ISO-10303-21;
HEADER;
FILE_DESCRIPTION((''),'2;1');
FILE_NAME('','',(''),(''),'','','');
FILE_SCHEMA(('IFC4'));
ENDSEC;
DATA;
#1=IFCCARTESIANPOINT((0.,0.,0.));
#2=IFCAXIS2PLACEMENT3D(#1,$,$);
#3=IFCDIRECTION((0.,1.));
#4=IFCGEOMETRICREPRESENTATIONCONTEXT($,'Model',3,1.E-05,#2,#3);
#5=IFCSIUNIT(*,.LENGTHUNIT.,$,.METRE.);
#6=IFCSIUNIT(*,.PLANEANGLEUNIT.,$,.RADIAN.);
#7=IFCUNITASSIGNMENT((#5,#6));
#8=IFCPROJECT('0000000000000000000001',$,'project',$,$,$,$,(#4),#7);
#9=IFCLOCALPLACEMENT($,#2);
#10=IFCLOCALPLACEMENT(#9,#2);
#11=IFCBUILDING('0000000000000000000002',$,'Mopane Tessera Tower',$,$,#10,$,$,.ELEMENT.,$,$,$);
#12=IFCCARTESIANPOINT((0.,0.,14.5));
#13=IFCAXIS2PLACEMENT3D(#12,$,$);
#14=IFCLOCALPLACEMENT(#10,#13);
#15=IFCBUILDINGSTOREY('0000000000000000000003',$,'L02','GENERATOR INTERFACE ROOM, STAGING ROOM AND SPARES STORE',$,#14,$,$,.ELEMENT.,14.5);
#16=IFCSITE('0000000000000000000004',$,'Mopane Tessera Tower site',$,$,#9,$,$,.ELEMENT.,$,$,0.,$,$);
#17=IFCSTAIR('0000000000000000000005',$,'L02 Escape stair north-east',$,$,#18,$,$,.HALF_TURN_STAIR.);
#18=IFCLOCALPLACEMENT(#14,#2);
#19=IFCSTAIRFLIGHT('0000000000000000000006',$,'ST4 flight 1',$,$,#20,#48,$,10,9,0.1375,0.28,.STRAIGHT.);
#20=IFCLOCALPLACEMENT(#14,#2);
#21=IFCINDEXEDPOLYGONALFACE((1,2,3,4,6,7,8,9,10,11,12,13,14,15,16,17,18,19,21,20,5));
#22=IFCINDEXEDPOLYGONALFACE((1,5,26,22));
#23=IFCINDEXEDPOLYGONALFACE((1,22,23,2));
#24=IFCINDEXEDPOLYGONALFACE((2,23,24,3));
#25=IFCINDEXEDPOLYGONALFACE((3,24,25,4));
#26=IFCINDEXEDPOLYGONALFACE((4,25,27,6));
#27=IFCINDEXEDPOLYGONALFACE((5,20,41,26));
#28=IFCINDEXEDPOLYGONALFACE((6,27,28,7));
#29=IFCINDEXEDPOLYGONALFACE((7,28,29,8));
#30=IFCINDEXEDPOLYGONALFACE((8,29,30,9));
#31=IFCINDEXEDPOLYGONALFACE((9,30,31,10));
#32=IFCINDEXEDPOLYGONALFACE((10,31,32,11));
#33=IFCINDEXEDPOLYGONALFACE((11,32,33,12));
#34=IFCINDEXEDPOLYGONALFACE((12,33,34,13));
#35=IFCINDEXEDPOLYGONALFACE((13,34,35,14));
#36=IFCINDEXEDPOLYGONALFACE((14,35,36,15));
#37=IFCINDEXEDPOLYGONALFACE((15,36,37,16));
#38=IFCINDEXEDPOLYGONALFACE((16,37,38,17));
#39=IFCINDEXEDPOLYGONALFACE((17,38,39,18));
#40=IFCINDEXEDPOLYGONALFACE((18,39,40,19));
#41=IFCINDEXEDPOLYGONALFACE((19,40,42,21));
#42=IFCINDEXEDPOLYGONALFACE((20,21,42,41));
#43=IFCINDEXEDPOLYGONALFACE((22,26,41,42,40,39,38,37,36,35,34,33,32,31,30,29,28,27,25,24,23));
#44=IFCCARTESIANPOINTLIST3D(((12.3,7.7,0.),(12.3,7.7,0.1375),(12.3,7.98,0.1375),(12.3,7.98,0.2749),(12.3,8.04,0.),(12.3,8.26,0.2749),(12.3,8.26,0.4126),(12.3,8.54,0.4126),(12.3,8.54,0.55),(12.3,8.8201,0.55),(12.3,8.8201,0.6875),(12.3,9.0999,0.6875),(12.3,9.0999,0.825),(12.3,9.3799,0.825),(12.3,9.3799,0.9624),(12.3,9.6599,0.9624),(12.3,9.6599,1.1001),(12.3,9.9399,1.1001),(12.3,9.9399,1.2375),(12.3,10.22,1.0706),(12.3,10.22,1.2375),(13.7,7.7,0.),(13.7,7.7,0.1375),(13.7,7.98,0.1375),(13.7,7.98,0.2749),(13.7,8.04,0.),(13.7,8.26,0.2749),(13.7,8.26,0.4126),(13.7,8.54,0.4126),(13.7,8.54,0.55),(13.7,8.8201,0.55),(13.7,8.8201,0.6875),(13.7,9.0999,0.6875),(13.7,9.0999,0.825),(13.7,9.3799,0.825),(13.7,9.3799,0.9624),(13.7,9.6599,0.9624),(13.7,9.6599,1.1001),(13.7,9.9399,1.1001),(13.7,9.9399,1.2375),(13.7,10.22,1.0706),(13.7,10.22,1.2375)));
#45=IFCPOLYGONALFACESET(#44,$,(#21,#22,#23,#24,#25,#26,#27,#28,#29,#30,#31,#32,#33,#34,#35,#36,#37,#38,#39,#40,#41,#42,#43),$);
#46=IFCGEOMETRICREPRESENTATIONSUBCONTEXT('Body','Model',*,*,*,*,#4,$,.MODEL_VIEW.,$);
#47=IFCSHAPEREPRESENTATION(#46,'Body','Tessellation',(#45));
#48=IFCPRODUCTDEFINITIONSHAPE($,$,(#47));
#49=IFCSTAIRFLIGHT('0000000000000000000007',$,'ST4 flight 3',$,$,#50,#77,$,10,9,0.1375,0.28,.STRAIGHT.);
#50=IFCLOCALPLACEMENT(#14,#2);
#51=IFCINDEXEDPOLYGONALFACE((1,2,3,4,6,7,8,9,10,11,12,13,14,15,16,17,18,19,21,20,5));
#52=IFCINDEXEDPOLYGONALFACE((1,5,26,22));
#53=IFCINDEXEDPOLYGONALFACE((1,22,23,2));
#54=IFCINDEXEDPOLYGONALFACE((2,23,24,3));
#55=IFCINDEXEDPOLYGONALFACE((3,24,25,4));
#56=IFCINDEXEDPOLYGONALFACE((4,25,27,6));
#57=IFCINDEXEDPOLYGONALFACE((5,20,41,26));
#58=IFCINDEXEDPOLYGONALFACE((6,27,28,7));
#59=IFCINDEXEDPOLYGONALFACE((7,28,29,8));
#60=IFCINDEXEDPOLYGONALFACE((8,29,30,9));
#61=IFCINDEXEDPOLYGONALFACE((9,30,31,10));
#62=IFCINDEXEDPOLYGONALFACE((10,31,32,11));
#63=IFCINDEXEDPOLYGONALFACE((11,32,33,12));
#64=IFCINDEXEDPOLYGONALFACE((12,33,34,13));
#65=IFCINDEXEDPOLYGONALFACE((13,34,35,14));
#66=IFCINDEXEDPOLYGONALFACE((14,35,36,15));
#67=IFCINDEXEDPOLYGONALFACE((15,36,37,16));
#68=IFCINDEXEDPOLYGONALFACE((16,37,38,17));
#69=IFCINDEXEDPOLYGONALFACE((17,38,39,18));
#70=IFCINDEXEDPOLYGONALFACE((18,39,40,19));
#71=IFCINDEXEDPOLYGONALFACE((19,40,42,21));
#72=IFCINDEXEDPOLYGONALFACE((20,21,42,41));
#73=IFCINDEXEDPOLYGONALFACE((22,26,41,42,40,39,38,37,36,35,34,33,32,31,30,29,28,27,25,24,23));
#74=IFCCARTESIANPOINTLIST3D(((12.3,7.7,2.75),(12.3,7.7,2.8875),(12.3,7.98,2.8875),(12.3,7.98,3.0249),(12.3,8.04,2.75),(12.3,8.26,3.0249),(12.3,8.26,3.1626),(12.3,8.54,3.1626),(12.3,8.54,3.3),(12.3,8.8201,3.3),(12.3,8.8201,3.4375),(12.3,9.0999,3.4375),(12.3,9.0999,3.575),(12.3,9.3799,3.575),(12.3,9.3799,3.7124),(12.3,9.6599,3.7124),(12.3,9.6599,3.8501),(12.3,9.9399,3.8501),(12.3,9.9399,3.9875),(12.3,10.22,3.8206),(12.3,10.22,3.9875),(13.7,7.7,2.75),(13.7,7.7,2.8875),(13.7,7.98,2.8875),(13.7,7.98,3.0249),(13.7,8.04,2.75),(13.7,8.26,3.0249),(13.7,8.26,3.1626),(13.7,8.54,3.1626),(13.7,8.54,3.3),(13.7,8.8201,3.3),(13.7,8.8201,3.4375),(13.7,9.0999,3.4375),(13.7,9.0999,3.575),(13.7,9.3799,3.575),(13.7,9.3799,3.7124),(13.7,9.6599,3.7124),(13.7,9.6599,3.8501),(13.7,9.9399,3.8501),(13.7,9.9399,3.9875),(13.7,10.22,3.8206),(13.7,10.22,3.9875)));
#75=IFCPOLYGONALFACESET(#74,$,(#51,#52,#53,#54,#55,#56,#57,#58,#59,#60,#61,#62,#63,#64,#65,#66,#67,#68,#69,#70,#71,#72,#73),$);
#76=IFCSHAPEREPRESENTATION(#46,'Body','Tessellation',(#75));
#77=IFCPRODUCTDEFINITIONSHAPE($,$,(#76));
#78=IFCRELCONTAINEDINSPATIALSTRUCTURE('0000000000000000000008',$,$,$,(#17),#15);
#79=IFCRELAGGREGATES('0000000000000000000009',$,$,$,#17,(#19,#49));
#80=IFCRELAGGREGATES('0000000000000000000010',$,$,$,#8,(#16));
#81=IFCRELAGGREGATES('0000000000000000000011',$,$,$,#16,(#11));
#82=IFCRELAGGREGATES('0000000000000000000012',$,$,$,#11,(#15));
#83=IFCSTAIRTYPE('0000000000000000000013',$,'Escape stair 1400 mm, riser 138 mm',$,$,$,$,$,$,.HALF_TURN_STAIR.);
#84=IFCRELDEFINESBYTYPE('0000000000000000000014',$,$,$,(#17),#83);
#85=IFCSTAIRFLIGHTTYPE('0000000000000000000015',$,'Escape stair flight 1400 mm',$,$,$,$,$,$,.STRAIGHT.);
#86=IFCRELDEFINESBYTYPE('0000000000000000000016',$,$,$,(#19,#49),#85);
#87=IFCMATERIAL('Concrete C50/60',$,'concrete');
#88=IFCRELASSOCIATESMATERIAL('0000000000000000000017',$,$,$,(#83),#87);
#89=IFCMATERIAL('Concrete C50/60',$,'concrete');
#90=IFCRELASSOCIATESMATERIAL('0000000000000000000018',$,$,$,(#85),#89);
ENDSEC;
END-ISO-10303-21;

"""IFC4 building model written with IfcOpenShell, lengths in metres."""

from ifc_helpers import new_model, si_unit, direction, frame, origin, place, context, subcontext, project, spatial, polyline, outline, extrude, material, type_object, element, aggregate, save


model = new_model("IFC4")

# Units and contexts
model_context = context("Model", 3, precision=1e-05, world=origin(), true_north=direction((0.0, 1.0)))
body_context = subcontext(model_context, "Body", "Model", "MODEL_VIEW")
ifc_project = project(units=[si_unit("LENGTHUNIT", "METRE"), si_unit("PLANEANGLEUNIT", "RADIAN")], contexts=[model_context])

# Site, building, storey
site_placement = place(None, origin())
site = spatial("IfcSite", under=ifc_project, at=site_placement, Name="Mopane Tessera Tower site", CompositionType="ELEMENT", RefElevation=0.0)
building_placement = place(site_placement, origin())
building = spatial("IfcBuilding", under=site, at=building_placement, Name="Mopane Tessera Tower", CompositionType="ELEMENT")
storey_placement = place(building_placement, frame((0.0, 0.0, 14.5)))
storey = spatial("IfcBuildingStorey", under=building, at=storey_placement, Name="L02", Description="GENERATOR INTERFACE ROOM, STAGING ROOM AND SPARES STORE", CompositionType="ELEMENT", Elevation=14.5)

# Stair, stair flights
ifc_material_1 = material(Name="Concrete C50/60", Category="concrete")
stair_type = type_object("IfcStairType", Name="Escape stair 1400 mm, riser 138 mm", PredefinedType="HALF_TURN_STAIR", material=ifc_material_1)
stair_placement = place(storey_placement, origin())
stair = element("IfcStair", 1, at=stair_placement, inside=storey, type_object=stair_type, Name="L02 Escape stair north-east", PredefinedType="HALF_TURN_STAIR")
ifc_material_2 = material(Name="Concrete C50/60", Category="concrete")
stair_flight_type = type_object("IfcStairFlightType", Name="Escape stair flight 1400 mm", PredefinedType="STRAIGHT", material=ifc_material_2)
stair_flight_1_placement = place(storey_placement, frame((13.0, 7.7, 0.0), z_axis=(0.0, 0.0, 1.0), x_axis=(0.0, 1.0, 0.0)))
stair_flight_1 = element("IfcStairFlight", 2, at=stair_flight_1_placement, type_object=stair_flight_type, Name="ST4 flight 1", NumberOfRisers=10, NumberOfTreads=9, PredefinedType="STRAIGHT", RiserHeight=0.1375, TreadLength=0.28, context=body_context, shape_type="SweptSolid", body=[
    extrude(outline(polyline([(0.0, 0.0), (0.0, 0.1375), (0.28, 0.1375), (0.28, 0.2749), (0.5601, 0.2749), (0.5601, 0.4126), (0.8401, 0.4126), (0.8401, 0.55), (1.1201, 0.55), (1.1201, 0.6875), (1.3999, 0.6875), (1.3999, 0.825), (1.6799, 0.825), (1.6799, 0.9624), (1.96, 0.9624), (1.96, 1.1001), (2.24, 1.1001), (2.24, 1.2375), (2.52, 1.2375), (2.52, 1.375), (2.52, 1.0706), (0.3401, 0.0), (0.0, 0.0)])), frame((0.0, 0.7, 0.0), z_axis=(0.0, -1.0, 0.0), x_axis=(1.0, 0.0, 0.0)), (0.0, 0.0, 1.0), 1.3999),
])
stair_flight_2_placement = place(storey_placement, frame((13.0, 7.7, 2.75), z_axis=(0.0, 0.0, 1.0), x_axis=(0.0, 1.0, 0.0)))
stair_flight_2 = element("IfcStairFlight", 3, at=stair_flight_2_placement, type_object=stair_flight_type, Name="ST4 flight 3", NumberOfRisers=10, NumberOfTreads=9, PredefinedType="STRAIGHT", RiserHeight=0.1375, TreadLength=0.28, context=body_context, shape_type="SweptSolid", body=[
    extrude(outline(polyline([(0.0, 0.0), (0.0, 0.1375), (0.28, 0.1375), (0.28, 0.2749), (0.5601, 0.2749), (0.5601, 0.4126), (0.8401, 0.4126), (0.8401, 0.55), (1.1201, 0.55), (1.1201, 0.6875), (1.3999, 0.6875), (1.3999, 0.825), (1.6799, 0.825), (1.6799, 0.9624), (1.96, 0.9624), (1.96, 1.1001), (2.24, 1.1001), (2.24, 1.2375), (2.52, 1.2375), (2.52, 1.375), (2.52, 1.0706), (0.3401, 0.0), (0.0, 0.0)])), frame((0.0, 0.7, 0.0), z_axis=(0.0, -1.0, 0.0), x_axis=(1.0, 0.0, 0.0)), (0.0, 0.0, 1.0), 1.3999),
])
aggregate(stair, [stair_flight_1, stair_flight_2])

save(model, "model.ifc")
